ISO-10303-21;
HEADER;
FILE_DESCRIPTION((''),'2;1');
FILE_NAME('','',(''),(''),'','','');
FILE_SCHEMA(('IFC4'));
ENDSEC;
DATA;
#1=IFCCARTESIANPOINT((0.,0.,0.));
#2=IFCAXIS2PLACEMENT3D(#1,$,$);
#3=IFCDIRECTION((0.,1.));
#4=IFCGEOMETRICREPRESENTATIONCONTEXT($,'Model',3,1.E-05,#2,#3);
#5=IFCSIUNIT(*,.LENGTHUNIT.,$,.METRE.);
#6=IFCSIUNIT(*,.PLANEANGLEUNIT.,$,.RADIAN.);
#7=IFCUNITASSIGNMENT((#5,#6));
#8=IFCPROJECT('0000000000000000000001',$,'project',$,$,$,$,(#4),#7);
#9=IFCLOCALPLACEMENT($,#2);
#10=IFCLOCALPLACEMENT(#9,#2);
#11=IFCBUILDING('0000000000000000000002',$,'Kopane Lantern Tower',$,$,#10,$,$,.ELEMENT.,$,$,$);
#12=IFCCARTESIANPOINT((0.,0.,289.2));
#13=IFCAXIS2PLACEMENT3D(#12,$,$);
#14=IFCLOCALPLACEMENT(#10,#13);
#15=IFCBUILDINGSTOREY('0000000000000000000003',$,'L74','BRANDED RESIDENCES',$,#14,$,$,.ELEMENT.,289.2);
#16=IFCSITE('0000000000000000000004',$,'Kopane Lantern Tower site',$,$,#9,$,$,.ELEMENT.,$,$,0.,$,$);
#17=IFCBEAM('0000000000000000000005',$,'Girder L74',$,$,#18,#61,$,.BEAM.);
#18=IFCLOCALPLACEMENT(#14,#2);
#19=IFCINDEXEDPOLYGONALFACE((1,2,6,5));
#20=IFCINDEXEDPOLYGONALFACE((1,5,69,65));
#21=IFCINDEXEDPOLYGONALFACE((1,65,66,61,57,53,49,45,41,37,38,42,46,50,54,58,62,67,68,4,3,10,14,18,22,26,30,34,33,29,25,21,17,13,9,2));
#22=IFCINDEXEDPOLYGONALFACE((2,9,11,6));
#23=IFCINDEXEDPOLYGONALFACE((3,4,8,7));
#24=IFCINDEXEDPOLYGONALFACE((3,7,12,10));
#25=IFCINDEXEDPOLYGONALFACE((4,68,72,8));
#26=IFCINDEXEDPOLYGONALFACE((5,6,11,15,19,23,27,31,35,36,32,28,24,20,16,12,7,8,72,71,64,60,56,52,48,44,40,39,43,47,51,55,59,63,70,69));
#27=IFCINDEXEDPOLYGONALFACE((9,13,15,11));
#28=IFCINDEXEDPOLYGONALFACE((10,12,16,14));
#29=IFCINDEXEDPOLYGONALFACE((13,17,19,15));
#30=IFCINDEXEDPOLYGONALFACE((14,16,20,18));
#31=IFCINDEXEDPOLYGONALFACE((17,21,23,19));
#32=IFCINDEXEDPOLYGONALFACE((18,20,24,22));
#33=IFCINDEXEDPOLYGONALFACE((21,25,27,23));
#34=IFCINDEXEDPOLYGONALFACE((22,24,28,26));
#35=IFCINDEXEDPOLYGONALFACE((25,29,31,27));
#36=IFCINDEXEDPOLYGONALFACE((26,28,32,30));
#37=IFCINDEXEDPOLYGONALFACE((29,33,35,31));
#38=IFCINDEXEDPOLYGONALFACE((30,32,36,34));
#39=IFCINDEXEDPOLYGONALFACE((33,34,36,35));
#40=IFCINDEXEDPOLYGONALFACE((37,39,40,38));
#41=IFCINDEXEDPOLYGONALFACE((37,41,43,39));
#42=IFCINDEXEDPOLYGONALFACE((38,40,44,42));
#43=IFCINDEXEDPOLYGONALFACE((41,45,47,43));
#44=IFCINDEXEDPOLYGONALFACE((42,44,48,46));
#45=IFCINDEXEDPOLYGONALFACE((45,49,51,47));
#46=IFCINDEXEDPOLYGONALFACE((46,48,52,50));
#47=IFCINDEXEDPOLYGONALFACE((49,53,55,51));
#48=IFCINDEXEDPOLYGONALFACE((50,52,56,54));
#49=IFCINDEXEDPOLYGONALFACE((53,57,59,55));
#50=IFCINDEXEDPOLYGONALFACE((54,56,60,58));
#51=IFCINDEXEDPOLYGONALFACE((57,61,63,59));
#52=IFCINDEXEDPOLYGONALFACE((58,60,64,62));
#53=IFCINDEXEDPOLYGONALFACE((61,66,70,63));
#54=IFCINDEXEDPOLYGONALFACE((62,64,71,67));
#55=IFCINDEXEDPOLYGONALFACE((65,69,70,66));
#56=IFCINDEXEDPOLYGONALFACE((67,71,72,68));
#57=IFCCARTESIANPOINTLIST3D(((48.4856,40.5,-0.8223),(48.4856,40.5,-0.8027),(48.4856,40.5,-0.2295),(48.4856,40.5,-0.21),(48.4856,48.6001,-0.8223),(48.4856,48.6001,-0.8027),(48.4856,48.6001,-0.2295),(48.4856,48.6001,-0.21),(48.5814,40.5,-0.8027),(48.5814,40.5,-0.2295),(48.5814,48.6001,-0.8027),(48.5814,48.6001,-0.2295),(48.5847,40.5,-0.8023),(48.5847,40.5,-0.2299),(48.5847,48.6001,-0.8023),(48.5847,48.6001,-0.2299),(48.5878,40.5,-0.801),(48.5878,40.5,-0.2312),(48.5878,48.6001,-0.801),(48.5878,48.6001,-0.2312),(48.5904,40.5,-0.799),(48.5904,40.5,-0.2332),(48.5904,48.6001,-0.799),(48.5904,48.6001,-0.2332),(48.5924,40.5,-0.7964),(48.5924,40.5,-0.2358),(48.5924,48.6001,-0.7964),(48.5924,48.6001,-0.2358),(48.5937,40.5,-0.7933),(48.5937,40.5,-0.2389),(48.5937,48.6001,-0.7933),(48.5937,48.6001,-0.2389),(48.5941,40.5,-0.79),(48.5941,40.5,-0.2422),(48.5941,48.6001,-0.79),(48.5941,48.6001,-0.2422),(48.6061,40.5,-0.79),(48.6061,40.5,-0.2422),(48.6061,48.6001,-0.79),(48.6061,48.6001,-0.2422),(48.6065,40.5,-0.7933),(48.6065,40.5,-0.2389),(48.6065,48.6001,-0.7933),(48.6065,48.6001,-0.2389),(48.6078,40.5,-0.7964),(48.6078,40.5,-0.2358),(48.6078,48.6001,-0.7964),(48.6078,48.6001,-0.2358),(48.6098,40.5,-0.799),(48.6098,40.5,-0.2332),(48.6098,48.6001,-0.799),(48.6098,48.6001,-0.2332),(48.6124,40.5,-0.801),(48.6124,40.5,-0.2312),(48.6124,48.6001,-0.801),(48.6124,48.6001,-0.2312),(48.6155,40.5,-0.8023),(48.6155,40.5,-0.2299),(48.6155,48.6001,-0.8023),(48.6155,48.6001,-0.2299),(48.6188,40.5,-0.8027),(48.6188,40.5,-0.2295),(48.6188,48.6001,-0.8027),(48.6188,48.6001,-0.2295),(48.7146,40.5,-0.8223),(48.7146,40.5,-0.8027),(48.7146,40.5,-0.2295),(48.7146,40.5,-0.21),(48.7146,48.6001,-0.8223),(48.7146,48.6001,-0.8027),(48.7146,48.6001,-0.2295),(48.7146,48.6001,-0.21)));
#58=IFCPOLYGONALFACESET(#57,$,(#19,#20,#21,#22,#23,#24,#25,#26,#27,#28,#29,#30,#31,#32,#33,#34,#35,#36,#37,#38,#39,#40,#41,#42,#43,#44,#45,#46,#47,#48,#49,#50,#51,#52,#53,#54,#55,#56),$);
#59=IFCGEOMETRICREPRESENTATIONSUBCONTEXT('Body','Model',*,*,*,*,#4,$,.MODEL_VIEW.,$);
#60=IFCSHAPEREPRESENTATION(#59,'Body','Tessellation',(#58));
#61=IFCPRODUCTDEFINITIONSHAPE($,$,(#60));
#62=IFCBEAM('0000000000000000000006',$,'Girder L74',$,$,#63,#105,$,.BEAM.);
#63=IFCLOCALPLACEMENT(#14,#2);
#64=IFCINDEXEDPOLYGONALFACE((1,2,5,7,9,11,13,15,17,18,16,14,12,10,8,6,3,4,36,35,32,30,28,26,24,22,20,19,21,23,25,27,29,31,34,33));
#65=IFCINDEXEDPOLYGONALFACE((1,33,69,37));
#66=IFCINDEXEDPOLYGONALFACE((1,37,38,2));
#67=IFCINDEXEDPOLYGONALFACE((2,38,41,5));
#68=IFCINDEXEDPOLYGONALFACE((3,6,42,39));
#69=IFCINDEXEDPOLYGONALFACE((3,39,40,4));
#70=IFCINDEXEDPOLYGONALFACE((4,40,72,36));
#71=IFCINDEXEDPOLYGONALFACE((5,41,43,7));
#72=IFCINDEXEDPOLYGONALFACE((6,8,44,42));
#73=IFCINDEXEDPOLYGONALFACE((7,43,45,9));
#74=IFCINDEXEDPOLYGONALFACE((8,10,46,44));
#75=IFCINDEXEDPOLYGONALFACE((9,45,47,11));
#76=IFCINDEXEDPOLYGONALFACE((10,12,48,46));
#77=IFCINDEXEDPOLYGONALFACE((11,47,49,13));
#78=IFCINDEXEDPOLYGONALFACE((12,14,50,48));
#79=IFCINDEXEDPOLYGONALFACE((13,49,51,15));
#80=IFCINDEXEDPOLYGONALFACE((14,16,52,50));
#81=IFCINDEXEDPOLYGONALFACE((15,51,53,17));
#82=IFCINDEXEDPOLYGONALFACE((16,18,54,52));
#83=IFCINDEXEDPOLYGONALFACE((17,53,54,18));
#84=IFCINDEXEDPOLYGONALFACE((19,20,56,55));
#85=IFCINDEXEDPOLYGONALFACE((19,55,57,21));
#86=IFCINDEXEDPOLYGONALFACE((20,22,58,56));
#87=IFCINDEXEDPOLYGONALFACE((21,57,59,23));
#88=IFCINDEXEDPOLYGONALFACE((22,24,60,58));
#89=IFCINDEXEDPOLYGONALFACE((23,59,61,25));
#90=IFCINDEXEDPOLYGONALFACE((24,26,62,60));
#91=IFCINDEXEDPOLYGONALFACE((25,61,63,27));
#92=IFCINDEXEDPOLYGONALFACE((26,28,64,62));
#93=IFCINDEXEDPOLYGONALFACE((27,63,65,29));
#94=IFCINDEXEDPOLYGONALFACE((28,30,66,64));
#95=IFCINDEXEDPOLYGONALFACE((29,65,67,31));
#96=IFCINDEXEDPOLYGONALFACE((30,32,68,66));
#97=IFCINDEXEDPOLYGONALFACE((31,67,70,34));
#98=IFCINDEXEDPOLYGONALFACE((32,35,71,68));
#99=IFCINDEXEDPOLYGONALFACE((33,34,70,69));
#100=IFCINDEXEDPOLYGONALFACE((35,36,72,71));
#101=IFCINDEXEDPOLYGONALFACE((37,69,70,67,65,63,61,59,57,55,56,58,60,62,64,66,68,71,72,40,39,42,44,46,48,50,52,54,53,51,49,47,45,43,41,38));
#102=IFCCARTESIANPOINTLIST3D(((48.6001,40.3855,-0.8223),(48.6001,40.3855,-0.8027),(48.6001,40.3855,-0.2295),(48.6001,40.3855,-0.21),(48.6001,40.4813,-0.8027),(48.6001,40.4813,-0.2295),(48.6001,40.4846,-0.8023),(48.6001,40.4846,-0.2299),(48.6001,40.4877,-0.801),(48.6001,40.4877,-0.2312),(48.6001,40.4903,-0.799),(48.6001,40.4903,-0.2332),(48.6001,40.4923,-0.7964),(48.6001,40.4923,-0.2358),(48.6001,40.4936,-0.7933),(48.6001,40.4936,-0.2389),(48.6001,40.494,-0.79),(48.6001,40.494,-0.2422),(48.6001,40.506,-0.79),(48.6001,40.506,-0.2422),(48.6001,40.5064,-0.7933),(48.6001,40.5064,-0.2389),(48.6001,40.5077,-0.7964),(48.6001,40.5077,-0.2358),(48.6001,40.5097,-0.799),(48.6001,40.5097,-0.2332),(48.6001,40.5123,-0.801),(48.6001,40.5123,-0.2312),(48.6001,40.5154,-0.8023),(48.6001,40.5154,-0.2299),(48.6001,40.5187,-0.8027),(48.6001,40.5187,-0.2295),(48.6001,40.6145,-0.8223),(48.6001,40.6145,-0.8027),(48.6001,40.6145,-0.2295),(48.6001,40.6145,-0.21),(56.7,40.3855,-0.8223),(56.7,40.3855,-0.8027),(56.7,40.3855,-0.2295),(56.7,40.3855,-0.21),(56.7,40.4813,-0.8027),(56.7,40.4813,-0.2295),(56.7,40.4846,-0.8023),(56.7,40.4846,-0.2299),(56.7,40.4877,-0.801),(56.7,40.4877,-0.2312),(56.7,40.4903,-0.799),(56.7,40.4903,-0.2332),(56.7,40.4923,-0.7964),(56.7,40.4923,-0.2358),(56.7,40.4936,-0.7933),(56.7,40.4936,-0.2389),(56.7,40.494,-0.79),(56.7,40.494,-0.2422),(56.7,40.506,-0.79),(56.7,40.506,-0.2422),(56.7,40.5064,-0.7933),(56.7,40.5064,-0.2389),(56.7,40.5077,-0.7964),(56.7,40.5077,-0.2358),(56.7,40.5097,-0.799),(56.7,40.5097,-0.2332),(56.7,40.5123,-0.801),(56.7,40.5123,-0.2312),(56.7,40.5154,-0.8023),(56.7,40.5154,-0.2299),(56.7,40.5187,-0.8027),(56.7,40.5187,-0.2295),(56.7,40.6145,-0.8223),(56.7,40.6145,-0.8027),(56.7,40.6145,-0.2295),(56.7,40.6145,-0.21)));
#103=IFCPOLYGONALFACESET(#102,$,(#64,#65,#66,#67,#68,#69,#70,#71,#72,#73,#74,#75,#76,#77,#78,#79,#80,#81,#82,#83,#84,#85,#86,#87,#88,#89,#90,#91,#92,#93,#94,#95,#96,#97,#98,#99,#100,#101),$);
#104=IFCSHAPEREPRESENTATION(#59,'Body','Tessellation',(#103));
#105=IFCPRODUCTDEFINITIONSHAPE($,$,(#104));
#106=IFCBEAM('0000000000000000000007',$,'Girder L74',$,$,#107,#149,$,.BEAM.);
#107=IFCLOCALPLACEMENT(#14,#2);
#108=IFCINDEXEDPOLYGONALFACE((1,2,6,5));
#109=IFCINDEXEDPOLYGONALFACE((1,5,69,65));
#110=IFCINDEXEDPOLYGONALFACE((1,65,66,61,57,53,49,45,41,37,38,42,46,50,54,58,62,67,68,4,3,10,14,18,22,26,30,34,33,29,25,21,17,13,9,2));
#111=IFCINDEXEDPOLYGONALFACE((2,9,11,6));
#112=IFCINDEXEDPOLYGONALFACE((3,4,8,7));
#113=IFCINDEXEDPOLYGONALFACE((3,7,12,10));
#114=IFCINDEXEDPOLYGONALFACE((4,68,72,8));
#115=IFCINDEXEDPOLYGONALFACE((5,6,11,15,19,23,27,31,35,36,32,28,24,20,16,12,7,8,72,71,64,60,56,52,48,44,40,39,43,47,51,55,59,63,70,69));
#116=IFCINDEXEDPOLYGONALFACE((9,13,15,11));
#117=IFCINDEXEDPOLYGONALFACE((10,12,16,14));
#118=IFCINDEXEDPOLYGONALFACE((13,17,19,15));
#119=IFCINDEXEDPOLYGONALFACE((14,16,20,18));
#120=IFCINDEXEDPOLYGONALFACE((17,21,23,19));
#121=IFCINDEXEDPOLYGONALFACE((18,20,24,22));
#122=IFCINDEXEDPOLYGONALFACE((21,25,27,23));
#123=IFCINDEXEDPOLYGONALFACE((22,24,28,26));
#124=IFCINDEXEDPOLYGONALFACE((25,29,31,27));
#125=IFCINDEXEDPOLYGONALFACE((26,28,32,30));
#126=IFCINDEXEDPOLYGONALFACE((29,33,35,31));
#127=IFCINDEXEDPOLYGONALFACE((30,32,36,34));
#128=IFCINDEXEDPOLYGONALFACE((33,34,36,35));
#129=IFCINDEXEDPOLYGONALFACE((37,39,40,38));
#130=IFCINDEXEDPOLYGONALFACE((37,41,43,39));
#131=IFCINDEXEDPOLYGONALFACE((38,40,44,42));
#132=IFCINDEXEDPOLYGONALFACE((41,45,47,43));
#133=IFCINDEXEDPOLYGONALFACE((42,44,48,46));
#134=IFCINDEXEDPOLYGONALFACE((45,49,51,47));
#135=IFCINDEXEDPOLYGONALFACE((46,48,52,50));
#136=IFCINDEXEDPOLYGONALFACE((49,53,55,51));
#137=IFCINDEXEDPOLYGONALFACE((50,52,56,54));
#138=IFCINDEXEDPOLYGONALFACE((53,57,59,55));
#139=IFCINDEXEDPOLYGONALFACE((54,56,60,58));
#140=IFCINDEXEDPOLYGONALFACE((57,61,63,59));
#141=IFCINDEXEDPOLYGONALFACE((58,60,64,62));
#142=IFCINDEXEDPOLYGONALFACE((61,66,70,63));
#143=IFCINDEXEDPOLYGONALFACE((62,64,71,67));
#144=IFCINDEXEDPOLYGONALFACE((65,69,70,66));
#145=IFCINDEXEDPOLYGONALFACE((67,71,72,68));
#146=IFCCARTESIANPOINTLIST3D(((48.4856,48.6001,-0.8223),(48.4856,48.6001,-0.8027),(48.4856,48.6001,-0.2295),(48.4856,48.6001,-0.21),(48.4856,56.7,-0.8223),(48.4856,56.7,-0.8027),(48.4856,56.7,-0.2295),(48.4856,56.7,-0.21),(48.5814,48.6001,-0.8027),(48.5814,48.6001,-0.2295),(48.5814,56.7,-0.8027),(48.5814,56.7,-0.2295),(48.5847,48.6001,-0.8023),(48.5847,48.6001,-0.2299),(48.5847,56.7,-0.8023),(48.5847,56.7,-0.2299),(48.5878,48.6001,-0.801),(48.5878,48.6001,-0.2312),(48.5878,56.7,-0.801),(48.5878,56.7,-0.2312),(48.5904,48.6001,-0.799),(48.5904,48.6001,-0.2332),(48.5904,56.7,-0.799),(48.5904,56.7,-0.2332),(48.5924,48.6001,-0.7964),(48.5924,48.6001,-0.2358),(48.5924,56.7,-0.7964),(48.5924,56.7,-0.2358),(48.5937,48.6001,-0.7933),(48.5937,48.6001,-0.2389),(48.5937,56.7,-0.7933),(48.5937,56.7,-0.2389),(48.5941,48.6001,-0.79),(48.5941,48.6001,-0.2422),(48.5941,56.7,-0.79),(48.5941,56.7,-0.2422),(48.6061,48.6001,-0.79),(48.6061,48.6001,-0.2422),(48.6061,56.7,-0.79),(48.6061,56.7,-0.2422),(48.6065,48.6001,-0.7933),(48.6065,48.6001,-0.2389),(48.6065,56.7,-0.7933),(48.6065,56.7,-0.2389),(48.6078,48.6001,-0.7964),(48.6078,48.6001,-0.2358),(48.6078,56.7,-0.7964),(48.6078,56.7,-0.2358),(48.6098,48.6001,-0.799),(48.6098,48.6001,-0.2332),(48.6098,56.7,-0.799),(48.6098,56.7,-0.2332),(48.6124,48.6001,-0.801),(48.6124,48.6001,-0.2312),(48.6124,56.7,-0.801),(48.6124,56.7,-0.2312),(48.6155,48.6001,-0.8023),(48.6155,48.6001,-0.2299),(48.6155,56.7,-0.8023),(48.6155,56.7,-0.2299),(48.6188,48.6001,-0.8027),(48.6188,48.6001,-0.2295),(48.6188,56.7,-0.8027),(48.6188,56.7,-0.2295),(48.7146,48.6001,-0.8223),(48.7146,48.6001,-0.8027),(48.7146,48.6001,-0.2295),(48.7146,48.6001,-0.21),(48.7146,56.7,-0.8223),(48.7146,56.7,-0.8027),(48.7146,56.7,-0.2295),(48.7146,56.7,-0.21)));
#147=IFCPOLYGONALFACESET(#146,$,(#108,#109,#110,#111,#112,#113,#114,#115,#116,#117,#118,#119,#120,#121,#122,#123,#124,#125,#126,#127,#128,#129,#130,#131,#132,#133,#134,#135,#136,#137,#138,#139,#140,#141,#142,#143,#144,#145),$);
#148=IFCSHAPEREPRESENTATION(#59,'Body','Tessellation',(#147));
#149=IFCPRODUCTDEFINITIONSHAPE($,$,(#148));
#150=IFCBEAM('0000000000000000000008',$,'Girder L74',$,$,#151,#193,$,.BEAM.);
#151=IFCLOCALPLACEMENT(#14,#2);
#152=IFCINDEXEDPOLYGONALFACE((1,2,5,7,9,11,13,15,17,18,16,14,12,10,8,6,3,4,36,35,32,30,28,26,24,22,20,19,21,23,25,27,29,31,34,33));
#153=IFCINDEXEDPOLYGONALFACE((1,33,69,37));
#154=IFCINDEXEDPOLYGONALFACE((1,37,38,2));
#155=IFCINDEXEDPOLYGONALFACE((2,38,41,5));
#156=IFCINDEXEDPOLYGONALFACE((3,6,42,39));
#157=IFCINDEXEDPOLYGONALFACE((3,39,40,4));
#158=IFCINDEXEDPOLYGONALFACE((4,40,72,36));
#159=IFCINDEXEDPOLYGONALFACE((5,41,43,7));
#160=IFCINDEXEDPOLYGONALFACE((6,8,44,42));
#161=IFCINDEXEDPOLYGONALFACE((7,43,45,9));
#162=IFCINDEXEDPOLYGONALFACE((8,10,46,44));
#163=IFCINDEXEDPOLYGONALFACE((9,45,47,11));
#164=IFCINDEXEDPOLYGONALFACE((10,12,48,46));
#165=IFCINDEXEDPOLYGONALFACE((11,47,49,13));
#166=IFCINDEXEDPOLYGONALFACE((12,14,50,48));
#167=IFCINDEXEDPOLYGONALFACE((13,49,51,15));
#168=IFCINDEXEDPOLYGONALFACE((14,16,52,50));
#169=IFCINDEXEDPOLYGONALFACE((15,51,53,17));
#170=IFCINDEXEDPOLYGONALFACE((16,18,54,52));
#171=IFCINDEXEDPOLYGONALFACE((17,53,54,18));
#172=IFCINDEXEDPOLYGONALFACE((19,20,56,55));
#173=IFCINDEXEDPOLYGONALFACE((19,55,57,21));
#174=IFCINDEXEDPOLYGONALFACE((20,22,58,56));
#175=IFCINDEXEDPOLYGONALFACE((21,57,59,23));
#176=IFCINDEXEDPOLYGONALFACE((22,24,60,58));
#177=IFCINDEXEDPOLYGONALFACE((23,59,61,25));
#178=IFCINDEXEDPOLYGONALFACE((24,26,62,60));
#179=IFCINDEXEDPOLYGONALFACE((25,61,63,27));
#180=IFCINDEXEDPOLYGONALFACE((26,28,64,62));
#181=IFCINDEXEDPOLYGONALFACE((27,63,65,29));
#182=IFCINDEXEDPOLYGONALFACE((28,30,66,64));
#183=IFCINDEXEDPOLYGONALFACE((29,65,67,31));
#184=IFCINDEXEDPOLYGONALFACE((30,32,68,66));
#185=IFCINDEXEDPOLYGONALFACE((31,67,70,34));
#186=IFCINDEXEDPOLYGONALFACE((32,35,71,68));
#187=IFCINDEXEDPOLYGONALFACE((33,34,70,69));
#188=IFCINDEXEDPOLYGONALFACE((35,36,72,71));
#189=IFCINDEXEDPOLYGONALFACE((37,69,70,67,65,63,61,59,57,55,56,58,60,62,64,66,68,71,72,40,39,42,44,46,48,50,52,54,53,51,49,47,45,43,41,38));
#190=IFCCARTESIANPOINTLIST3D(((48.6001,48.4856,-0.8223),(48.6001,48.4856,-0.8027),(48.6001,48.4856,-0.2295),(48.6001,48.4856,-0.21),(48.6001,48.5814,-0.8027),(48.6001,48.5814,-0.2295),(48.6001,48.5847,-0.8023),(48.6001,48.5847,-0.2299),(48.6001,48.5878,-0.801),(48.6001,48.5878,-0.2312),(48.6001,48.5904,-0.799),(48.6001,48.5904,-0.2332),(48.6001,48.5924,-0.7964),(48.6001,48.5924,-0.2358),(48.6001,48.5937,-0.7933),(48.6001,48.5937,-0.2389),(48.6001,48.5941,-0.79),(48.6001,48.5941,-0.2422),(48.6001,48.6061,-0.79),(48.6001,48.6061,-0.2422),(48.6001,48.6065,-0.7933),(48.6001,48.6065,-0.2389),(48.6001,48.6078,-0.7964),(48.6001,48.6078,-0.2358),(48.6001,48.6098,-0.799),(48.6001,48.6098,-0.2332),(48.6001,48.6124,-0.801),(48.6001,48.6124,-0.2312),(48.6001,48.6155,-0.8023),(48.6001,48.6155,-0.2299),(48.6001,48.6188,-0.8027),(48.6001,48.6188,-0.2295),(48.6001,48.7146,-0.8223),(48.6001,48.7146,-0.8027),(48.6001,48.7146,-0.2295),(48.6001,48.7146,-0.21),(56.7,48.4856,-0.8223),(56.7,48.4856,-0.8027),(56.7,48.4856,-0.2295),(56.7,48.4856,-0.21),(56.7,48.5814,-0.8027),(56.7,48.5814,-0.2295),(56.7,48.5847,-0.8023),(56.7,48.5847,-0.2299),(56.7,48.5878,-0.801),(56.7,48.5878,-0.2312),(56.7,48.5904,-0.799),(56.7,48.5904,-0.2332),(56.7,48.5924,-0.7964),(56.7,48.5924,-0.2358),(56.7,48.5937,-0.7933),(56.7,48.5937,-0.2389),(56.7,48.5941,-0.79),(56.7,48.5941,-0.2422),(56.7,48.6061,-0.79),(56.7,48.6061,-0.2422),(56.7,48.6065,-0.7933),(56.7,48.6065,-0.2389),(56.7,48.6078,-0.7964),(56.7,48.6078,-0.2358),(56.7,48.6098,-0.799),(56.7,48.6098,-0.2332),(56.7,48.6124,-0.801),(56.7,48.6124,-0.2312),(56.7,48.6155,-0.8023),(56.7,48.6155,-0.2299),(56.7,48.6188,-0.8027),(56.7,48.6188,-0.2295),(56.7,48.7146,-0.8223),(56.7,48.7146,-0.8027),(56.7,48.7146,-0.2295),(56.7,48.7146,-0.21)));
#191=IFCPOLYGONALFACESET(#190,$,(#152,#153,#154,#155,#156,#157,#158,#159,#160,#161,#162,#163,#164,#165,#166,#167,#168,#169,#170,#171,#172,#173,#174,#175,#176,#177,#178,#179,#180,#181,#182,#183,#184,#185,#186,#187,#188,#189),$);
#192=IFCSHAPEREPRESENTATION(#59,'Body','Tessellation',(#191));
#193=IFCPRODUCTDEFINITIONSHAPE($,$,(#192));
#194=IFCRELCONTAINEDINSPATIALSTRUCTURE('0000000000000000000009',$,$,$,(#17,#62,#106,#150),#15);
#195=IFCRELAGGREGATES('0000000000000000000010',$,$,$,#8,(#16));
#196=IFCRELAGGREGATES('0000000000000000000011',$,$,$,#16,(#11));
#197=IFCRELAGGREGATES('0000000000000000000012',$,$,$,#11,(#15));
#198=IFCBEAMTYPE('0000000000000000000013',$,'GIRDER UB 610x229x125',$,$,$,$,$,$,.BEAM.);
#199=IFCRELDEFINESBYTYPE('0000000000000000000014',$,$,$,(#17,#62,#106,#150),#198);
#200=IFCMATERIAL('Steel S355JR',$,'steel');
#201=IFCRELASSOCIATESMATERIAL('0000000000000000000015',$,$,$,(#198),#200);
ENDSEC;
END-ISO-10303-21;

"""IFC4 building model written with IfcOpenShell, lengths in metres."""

from ifc_helpers import new_model, si_unit, direction, frame, origin, origin_2d, place, context, subcontext, project, spatial, i_section, extrude, material, material_profile, profile_set, type_object, element, save


model = new_model("IFC4")

# Units and contexts
model_context = context("Model", 3, precision=1e-05, world=origin(), true_north=direction((0.0, 1.0)))
body_context = subcontext(model_context, "Body", "Model", "MODEL_VIEW")
ifc_project = project(units=[si_unit("LENGTHUNIT", "METRE"), si_unit("PLANEANGLEUNIT", "RADIAN")], contexts=[model_context])

# Site, building, storey
site_placement = place(None, origin())
site = spatial("IfcSite", under=ifc_project, at=site_placement, Name="Kopane Lantern Tower site", CompositionType="ELEMENT", RefElevation=0.0)
building_placement = place(site_placement, origin())
building = spatial("IfcBuilding", under=site, at=building_placement, Name="Kopane Lantern Tower", CompositionType="ELEMENT")
storey_placement = place(building_placement, frame((0.0, 0.0, 289.2)))
storey = spatial("IfcBuildingStorey", under=building, at=storey_placement, Name="L74", Description="BRANDED RESIDENCES", CompositionType="ELEMENT", Elevation=289.2)

# Beams
ifc_material_1 = material(Name="Steel S355JR", Category="steel")
ifc_material_profile_1 = material_profile(ifc_material_1, i_section(OverallWidth=0.229, OverallDepth=0.6123, WebThickness=0.012, FlangeThickness=0.0195, FilletRadius=0.0127, at=origin_2d()), Name="UB 610x229x125")
ifc_profile_set_1 = profile_set([ifc_material_profile_1], Name="Steel S355JR")
beam_type = type_object("IfcBeamType", Name="GIRDER UB 610x229x125", PredefinedType="BEAM", material=ifc_profile_set_1)
beam_1_placement = place(storey_placement, frame((48.6001, 40.5, -0.5161), z_axis=(0.0, 1.0, 0.0), x_axis=(-1.0, 0.0, 0.0)))
element("IfcBeam", 1, at=beam_1_placement, inside=storey, type_object=beam_type, Name="Girder L74", PredefinedType="BEAM", context=body_context, shape_type="SweptSolid", body=[
    extrude(i_section(OverallWidth=0.229, OverallDepth=0.6123, WebThickness=0.012, FlangeThickness=0.0195, FilletRadius=0.0127, at=origin_2d()), origin(), (0.0, 0.0, 1.0), 8.1001),
])
for number, where, z_axis, x_axis, name in (
    (2, (48.6001, 40.5, -0.5161), (1.0, 0.0, 0.0), (0.0, 1.0, 0.0), "Girder L74"),
    (3, (48.6001, 48.6001, -0.5161), (0.0, 1.0, 0.0), (-1.0, 0.0, 0.0), "Girder L74"),
    (4, (48.6001, 48.6001, -0.5161), (1.0, 0.0, 0.0), (0.0, 1.0, 0.0), "Girder L74"),
):
    element("IfcBeam", number, at=place(storey_placement, frame(where, z_axis=z_axis, x_axis=x_axis)), inside=storey, type_object=beam_type, Name=name, PredefinedType="BEAM", context=body_context, shape_type="SweptSolid", body=[
        extrude(i_section(OverallWidth=0.229, OverallDepth=0.6123, WebThickness=0.012, FlangeThickness=0.0195, FilletRadius=0.0127, at=origin_2d()), origin(), (0.0, 0.0, 1.0), 8.0999),
    ])

save(model, "model.ifc")
